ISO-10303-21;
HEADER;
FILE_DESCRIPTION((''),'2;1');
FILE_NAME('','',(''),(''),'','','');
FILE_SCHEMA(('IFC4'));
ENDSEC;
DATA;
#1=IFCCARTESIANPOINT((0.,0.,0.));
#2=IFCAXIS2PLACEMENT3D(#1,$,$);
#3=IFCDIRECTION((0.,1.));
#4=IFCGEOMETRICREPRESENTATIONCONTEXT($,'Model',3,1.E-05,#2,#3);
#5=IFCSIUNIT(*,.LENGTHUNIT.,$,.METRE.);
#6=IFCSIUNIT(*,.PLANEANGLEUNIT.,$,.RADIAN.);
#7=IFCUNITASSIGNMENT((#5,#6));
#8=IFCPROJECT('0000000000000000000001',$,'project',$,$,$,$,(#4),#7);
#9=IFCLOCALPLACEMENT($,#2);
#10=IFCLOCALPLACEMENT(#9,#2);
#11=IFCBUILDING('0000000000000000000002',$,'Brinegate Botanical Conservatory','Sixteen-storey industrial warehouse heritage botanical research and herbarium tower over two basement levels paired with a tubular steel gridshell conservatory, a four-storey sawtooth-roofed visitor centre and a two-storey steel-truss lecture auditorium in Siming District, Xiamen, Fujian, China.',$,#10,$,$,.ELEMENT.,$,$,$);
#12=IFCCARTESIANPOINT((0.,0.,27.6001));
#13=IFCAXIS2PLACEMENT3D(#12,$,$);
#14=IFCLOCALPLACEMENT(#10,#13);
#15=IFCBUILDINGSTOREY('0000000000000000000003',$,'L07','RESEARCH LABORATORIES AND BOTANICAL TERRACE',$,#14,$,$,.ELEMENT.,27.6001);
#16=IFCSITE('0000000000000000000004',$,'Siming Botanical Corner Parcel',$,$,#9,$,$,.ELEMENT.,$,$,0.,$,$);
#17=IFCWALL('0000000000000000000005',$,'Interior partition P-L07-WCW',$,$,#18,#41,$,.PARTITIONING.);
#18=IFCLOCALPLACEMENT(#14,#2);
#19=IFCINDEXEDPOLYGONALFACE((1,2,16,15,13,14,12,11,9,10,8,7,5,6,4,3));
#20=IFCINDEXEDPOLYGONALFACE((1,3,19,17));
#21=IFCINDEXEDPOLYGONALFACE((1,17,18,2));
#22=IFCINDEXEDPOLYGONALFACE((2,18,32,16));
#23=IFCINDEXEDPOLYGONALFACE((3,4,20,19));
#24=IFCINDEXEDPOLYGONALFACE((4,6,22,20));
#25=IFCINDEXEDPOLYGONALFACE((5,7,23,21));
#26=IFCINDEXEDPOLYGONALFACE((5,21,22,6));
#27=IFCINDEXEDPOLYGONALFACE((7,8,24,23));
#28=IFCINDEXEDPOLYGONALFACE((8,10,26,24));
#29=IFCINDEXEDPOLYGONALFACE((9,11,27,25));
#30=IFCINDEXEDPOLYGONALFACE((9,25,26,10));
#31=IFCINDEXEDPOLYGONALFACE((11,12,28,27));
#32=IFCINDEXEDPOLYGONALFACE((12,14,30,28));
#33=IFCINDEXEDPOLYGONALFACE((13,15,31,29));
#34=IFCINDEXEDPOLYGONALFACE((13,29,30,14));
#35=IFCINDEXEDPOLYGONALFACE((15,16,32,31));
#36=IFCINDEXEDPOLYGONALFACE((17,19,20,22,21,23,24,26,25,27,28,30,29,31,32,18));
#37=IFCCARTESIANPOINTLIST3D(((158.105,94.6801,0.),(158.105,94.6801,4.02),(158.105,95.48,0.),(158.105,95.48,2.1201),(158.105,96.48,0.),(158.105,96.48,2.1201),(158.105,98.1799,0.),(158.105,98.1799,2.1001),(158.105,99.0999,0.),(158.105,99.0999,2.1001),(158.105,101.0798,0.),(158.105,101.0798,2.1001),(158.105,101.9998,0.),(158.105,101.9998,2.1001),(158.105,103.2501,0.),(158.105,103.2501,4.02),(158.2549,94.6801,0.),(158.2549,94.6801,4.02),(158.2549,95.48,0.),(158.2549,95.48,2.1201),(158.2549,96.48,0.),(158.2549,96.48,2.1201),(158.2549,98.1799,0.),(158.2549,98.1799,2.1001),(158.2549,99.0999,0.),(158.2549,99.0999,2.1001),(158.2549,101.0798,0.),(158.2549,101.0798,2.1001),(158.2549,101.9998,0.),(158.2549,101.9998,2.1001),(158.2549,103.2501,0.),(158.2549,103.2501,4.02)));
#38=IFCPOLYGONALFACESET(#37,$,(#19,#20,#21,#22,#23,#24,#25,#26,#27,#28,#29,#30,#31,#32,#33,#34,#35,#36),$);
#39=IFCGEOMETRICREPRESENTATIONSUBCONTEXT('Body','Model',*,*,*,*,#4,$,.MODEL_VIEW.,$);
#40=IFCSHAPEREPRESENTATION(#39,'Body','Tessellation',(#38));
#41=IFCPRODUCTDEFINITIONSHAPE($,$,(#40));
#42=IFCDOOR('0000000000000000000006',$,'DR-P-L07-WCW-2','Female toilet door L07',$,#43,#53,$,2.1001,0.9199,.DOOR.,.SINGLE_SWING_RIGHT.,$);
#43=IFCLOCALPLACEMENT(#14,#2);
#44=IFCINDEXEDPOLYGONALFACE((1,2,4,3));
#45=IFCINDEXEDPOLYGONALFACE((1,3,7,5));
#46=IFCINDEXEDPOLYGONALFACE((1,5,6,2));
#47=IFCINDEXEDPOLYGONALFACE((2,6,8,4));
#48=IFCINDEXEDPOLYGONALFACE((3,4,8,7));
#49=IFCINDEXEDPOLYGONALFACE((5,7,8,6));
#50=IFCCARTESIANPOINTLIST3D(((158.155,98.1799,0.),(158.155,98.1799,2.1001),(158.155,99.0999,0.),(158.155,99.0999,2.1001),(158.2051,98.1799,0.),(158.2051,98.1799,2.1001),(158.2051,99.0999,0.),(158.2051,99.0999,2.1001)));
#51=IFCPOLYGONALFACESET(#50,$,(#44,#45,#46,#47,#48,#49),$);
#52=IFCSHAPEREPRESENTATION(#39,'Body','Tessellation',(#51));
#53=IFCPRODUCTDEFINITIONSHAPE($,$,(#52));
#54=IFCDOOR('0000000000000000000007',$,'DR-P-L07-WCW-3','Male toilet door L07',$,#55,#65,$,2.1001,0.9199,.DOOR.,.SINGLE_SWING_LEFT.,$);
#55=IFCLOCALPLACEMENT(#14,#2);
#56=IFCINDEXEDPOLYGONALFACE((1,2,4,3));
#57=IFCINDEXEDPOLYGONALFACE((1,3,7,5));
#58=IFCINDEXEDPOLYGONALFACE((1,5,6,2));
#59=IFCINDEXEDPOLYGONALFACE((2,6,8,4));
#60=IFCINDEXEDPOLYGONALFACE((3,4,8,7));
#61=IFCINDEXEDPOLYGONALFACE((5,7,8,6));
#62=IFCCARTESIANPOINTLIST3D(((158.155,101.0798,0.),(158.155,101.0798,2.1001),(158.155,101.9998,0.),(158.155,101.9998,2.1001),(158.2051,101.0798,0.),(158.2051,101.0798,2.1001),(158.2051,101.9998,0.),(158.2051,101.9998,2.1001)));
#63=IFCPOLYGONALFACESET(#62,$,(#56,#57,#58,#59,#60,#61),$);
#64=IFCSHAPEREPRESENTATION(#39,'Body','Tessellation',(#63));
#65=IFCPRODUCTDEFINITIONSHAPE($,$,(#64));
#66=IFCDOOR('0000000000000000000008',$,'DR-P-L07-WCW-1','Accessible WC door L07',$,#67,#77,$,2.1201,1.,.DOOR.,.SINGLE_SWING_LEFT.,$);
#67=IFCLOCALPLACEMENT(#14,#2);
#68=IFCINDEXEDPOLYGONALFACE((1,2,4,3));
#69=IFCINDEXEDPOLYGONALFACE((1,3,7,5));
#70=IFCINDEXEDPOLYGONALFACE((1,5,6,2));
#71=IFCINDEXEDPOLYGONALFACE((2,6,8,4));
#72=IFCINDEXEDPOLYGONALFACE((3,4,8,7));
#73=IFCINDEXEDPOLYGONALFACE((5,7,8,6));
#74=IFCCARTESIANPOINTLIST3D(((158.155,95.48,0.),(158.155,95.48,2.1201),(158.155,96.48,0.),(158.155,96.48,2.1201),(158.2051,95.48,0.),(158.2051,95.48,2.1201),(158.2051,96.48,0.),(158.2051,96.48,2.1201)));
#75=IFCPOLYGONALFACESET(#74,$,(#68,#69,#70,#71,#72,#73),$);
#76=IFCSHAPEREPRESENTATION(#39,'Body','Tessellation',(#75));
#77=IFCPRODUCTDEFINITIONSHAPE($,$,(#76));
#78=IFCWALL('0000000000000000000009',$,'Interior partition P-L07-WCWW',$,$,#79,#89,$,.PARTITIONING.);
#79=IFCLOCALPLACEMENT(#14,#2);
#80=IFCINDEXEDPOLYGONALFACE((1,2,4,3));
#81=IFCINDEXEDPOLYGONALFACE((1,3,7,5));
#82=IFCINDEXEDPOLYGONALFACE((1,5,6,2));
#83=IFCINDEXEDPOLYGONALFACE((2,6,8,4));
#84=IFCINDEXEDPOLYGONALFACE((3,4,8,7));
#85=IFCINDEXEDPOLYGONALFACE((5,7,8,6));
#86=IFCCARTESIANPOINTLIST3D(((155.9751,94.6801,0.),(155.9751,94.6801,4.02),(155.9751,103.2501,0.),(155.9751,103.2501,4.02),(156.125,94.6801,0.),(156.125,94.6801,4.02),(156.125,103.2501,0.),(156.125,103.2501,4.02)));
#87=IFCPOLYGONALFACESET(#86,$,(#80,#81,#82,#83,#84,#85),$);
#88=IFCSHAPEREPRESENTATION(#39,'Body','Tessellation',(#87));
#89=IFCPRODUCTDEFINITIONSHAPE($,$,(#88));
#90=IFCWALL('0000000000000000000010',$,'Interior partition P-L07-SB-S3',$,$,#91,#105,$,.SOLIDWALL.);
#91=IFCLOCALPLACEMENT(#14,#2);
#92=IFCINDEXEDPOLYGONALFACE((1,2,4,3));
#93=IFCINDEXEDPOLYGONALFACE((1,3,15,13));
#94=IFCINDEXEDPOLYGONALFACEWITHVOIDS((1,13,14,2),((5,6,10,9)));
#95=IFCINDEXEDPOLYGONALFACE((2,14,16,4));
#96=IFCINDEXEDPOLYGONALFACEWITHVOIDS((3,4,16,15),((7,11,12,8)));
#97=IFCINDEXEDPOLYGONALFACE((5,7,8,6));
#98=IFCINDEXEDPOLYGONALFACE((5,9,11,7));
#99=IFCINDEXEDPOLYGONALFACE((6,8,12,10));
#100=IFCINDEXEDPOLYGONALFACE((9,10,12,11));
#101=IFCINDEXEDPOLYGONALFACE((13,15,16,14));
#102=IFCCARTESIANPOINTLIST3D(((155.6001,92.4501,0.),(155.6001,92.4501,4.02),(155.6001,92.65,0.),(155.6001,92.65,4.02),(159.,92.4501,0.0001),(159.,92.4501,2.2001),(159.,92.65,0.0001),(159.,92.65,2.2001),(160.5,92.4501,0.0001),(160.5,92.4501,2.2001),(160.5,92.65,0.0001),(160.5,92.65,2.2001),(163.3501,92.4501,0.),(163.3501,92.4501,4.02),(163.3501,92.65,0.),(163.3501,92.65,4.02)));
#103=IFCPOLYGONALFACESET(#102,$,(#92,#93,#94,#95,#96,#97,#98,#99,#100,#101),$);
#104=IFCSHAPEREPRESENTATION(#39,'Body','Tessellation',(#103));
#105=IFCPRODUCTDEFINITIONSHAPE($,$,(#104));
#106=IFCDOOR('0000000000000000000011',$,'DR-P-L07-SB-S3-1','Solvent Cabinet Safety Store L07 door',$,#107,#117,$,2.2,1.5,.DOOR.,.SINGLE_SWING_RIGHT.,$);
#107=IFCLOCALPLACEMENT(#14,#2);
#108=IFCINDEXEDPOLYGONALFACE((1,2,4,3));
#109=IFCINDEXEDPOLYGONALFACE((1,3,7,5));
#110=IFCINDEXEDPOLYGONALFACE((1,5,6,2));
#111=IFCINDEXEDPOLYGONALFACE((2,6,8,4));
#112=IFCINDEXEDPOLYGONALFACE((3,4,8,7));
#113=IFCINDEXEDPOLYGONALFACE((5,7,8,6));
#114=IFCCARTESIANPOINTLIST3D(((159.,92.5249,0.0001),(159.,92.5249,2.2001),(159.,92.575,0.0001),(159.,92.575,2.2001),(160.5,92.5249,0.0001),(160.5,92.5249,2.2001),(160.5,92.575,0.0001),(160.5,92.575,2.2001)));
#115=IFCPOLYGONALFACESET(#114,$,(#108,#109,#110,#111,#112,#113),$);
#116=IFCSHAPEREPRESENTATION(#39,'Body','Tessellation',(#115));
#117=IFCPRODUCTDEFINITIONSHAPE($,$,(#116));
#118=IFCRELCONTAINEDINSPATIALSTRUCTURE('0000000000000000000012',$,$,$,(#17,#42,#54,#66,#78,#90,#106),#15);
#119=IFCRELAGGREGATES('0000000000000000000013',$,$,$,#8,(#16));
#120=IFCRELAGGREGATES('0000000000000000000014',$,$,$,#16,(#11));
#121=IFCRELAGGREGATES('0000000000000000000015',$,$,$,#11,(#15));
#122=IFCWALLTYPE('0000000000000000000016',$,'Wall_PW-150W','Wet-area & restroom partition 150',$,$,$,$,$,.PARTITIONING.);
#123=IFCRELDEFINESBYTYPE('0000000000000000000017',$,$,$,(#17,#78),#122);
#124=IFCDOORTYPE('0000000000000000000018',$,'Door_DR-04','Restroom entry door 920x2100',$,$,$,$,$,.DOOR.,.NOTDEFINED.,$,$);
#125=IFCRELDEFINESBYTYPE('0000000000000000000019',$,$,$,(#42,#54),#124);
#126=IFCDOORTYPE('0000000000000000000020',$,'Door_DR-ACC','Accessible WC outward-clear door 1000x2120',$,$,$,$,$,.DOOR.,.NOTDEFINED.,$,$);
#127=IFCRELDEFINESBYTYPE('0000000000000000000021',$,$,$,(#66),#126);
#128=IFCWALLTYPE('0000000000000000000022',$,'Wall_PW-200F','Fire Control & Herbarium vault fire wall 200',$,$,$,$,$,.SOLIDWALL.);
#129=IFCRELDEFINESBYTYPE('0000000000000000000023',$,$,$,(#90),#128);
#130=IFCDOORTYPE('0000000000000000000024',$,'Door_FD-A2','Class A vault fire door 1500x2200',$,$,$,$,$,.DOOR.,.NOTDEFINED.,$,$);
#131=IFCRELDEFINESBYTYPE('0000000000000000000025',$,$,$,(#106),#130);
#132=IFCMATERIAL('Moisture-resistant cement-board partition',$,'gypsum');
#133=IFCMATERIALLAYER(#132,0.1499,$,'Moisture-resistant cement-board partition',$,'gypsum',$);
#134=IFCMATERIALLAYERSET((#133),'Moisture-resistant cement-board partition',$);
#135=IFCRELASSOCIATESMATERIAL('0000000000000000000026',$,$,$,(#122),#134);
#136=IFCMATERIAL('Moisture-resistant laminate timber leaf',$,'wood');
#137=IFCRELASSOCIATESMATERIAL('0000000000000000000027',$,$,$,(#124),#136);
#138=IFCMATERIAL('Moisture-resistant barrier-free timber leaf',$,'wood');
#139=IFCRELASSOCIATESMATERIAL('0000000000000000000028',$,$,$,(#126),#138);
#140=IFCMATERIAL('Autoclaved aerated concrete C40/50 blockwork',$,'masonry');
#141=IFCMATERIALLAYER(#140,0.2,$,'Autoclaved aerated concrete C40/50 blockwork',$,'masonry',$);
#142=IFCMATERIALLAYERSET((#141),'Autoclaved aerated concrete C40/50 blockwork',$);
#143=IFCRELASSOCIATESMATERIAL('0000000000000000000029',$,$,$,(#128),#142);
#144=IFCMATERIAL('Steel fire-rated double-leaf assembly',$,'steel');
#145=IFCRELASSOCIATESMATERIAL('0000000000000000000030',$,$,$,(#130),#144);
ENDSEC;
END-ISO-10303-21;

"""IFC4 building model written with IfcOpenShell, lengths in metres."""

from ifc_helpers import new_model, si_unit, direction, frame, frame_2d, origin, place, context, subcontext, project, spatial, rectangle, extrude, material, layer, layer_set, type_object, element, fill, save


model = new_model("IFC4")

# Units and contexts
model_context = context("Model", 3, precision=1e-05, world=origin(), true_north=direction((0.0, 1.0)))
body_context = subcontext(model_context, "Body", "Model", "MODEL_VIEW")
ifc_project = project(units=[si_unit("LENGTHUNIT", "METRE"), si_unit("PLANEANGLEUNIT", "RADIAN")], contexts=[model_context])

# Site, building, storey
site_placement = place(None, origin())
site = spatial("IfcSite", under=ifc_project, at=site_placement, Name="Siming Botanical Corner Parcel", CompositionType="ELEMENT", RefElevation=0.0)
building_placement = place(site_placement, origin())
building = spatial("IfcBuilding", under=site, at=building_placement, Name="Brinegate Botanical Conservatory", Description="Sixteen-storey industrial warehouse heritage botanical research and herbarium tower over two basement levels paired with a tubular steel gridshell conservatory, a four-storey sawtooth-roofed visitor centre and a two-storey steel-truss lecture auditorium in Siming District, Xiamen, Fujian, China.", CompositionType="ELEMENT")
storey_placement = place(building_placement, frame((0.0, 0.0, 27.6001)))
storey = spatial("IfcBuildingStorey", under=building, at=storey_placement, Name="L07", Description="RESEARCH LABORATORIES AND BOTANICAL TERRACE", CompositionType="ELEMENT", Elevation=27.6001)

# Shared definitions
ifc_material_1 = material(Name="Moisture-resistant cement-board partition", Category="gypsum")
ifc_layer_1 = layer(ifc_material_1, 0.1499, Name="Moisture-resistant cement-board partition", Category="gypsum")
ifc_layer_set_1 = layer_set([ifc_layer_1], Name="Moisture-resistant cement-board partition")
wall_type_1 = type_object("IfcWallType", Name="Wall_PW-150W", Description="Wet-area & restroom partition 150", PredefinedType="PARTITIONING", material=ifc_layer_set_1)

# Wall, openings, doors
wall_1_placement = place(storey_placement, frame((158.1799, 94.6799, 0.0), z_axis=(0.0, 0.0, 1.0), x_axis=(0.0, 1.0, 0.0)))
wall_1 = element("IfcWall", 1, at=wall_1_placement, inside=storey, type_object=wall_type_1, Name="Interior partition P-L07-WCW", PredefinedType="PARTITIONING", context=body_context, shape_type="SweptSolid", body=[
    extrude(rectangle(XDim=8.5701, YDim=0.1499, at=frame_2d((4.2852, 0.0))), origin(), (0.0, 0.0, 1.0), 4.02),
])
opening_1_placement = place(wall_1_placement, frame((0.8, 0.0, 0.0)))
opening_1 = element("IfcOpeningElement", 2, at=opening_1_placement, cuts=wall_1, PredefinedType="OPENING", context=body_context, shape_type="SweptSolid", body=[
    extrude(rectangle(XDim=1.0, YDim=2.1201, at=frame_2d((0.5, 1.0601))), frame((0.0, 0.085, 0.0), z_axis=(0.0, -1.0, 0.0), x_axis=(1.0, 0.0, 0.0)), (0.0, 0.0, 1.0), 0.1699),
])
opening_2_placement = place(wall_1_placement, frame((3.5, 0.0, 0.0)))
opening_2 = element("IfcOpeningElement", 3, at=opening_2_placement, cuts=wall_1, PredefinedType="OPENING", context=body_context, shape_type="SweptSolid", body=[
    extrude(rectangle(XDim=0.9199, YDim=2.1001, at=frame_2d((0.46, 1.05))), frame((0.0, 0.085, 0.0), z_axis=(0.0, -1.0, 0.0), x_axis=(1.0, 0.0, 0.0)), (0.0, 0.0, 1.0), 0.1699),
])
opening_3_placement = place(wall_1_placement, frame((6.3999, 0.0, 0.0)))
opening_3 = element("IfcOpeningElement", 4, at=opening_3_placement, cuts=wall_1, PredefinedType="OPENING", context=body_context, shape_type="SweptSolid", body=[
    extrude(rectangle(XDim=0.9199, YDim=2.1001, at=frame_2d((0.46, 1.05))), frame((0.0, 0.085, 0.0), z_axis=(0.0, -1.0, 0.0), x_axis=(1.0, 0.0, 0.0)), (0.0, 0.0, 1.0), 0.1699),
])
ifc_material_2 = material(Name="Moisture-resistant laminate timber leaf", Category="wood")
door_type_1 = type_object("IfcDoorType", Name="Door_DR-04", Description="Restroom entry door 920x2100", OperationType="NOTDEFINED", PredefinedType="DOOR", material=ifc_material_2)
door_1_placement = place(opening_2_placement, origin())
door_1 = element("IfcDoor", 5, at=door_1_placement, inside=storey, type_object=door_type_1, Name="DR-P-L07-WCW-2", Description="Female toilet door L07", OperationType="SINGLE_SWING_RIGHT", OverallHeight=2.1001, OverallWidth=0.9199, PredefinedType="DOOR", context=body_context, shape_type="SweptSolid", body=[
    extrude(rectangle(XDim=0.9199, YDim=2.1001, at=frame_2d((0.46, 1.05))), frame((0.0, 0.0249, 0.0), z_axis=(0.0, -1.0, 0.0), x_axis=(1.0, 0.0, 0.0)), (0.0, 0.0, 1.0), 0.05),
])
fill(opening_2, door_1)
door_2_placement = place(opening_3_placement, origin())
door_2 = element("IfcDoor", 6, at=door_2_placement, inside=storey, type_object=door_type_1, Name="DR-P-L07-WCW-3", Description="Male toilet door L07", OperationType="SINGLE_SWING_LEFT", OverallHeight=2.1001, OverallWidth=0.9199, PredefinedType="DOOR", context=body_context, shape_type="SweptSolid", body=[
    extrude(rectangle(XDim=0.9199, YDim=2.1001, at=frame_2d((0.46, 1.05))), frame((0.0, 0.0249, 0.0), z_axis=(0.0, -1.0, 0.0), x_axis=(1.0, 0.0, 0.0)), (0.0, 0.0, 1.0), 0.05),
])
fill(opening_3, door_2)
ifc_material_3 = material(Name="Moisture-resistant barrier-free timber leaf", Category="wood")
door_type_2 = type_object("IfcDoorType", Name="Door_DR-ACC", Description="Accessible WC outward-clear door 1000x2120", OperationType="NOTDEFINED", PredefinedType="DOOR", material=ifc_material_3)
door_3_placement = place(opening_1_placement, origin())
door_3 = element("IfcDoor", 7, at=door_3_placement, inside=storey, type_object=door_type_2, Name="DR-P-L07-WCW-1", Description="Accessible WC door L07", OperationType="SINGLE_SWING_LEFT", OverallHeight=2.1201, OverallWidth=1.0, PredefinedType="DOOR", context=body_context, shape_type="SweptSolid", body=[
    extrude(rectangle(XDim=1.0, YDim=2.1201, at=frame_2d((0.5, 1.0601))), frame((0.0, 0.0249, 0.0), z_axis=(0.0, -1.0, 0.0), x_axis=(1.0, 0.0, 0.0)), (0.0, 0.0, 1.0), 0.05),
])
fill(opening_1, door_3)

# Wall
wall_2_placement = place(storey_placement, frame((156.05, 94.6799, 0.0), z_axis=(0.0, 0.0, 1.0), x_axis=(0.0, 1.0, 0.0)))
element("IfcWall", 8, at=wall_2_placement, inside=storey, type_object=wall_type_1, Name="Interior partition P-L07-WCWW", PredefinedType="PARTITIONING", context=body_context, shape_type="SweptSolid", body=[
    extrude(rectangle(XDim=8.5701, YDim=0.1499, at=frame_2d((4.2852, 0.0))), origin(), (0.0, 0.0, 1.0), 4.02),
])

# Wall, opening, door
ifc_material_4 = material(Name="Autoclaved aerated concrete C40/50 blockwork", Category="masonry")
ifc_layer_2 = layer(ifc_material_4, 0.2, Name="Autoclaved aerated concrete C40/50 blockwork", Category="masonry")
ifc_layer_set_2 = layer_set([ifc_layer_2], Name="Autoclaved aerated concrete C40/50 blockwork")
wall_type_2 = type_object("IfcWallType", Name="Wall_PW-200F", Description="Fire Control & Herbarium vault fire wall 200", PredefinedType="SOLIDWALL", material=ifc_layer_set_2)
wall_3_placement = place(storey_placement, frame((155.6001, 92.55, 0.0), z_axis=(0.0, 0.0, 1.0), x_axis=(1.0, 0.0, 0.0)))
wall_3 = element("IfcWall", 9, at=wall_3_placement, inside=storey, type_object=wall_type_2, Name="Interior partition P-L07-SB-S3", PredefinedType="SOLIDWALL", context=body_context, shape_type="SweptSolid", body=[
    extrude(rectangle(XDim=7.75, YDim=0.2, at=frame_2d((3.875, 0.0))), origin(), (0.0, 0.0, 1.0), 4.02),
])
opening_4_placement = place(wall_3_placement, frame((3.3999, 0.0, 0.0)))
opening_4 = element("IfcOpeningElement", 10, at=opening_4_placement, cuts=wall_3, PredefinedType="OPENING", context=body_context, shape_type="SweptSolid", body=[
    extrude(rectangle(XDim=1.5, YDim=2.2, at=frame_2d((0.75, 1.1001))), frame((0.0, 0.1099, 0.0), z_axis=(0.0, -1.0, 0.0), x_axis=(1.0, 0.0, 0.0)), (0.0, 0.0, 1.0), 0.22),
])
ifc_material_5 = material(Name="Steel fire-rated double-leaf assembly", Category="steel")
door_type_3 = type_object("IfcDoorType", Name="Door_FD-A2", Description="Class A vault fire door 1500x2200", OperationType="NOTDEFINED", PredefinedType="DOOR", material=ifc_material_5)
door_4_placement = place(opening_4_placement, origin())
door_4 = element("IfcDoor", 11, at=door_4_placement, inside=storey, type_object=door_type_3, Name="DR-P-L07-SB-S3-1", Description="Solvent Cabinet Safety Store L07 door", OperationType="SINGLE_SWING_RIGHT", OverallHeight=2.2, OverallWidth=1.5, PredefinedType="DOOR", context=body_context, shape_type="SweptSolid", body=[
    extrude(rectangle(XDim=1.5, YDim=2.2, at=frame_2d((0.75, 1.1001))), frame((0.0, 0.0249, 0.0), z_axis=(0.0, -1.0, 0.0), x_axis=(1.0, 0.0, 0.0)), (0.0, 0.0, 1.0), 0.05),
])
fill(opening_4, door_4)

save(model, "model.ifc")
